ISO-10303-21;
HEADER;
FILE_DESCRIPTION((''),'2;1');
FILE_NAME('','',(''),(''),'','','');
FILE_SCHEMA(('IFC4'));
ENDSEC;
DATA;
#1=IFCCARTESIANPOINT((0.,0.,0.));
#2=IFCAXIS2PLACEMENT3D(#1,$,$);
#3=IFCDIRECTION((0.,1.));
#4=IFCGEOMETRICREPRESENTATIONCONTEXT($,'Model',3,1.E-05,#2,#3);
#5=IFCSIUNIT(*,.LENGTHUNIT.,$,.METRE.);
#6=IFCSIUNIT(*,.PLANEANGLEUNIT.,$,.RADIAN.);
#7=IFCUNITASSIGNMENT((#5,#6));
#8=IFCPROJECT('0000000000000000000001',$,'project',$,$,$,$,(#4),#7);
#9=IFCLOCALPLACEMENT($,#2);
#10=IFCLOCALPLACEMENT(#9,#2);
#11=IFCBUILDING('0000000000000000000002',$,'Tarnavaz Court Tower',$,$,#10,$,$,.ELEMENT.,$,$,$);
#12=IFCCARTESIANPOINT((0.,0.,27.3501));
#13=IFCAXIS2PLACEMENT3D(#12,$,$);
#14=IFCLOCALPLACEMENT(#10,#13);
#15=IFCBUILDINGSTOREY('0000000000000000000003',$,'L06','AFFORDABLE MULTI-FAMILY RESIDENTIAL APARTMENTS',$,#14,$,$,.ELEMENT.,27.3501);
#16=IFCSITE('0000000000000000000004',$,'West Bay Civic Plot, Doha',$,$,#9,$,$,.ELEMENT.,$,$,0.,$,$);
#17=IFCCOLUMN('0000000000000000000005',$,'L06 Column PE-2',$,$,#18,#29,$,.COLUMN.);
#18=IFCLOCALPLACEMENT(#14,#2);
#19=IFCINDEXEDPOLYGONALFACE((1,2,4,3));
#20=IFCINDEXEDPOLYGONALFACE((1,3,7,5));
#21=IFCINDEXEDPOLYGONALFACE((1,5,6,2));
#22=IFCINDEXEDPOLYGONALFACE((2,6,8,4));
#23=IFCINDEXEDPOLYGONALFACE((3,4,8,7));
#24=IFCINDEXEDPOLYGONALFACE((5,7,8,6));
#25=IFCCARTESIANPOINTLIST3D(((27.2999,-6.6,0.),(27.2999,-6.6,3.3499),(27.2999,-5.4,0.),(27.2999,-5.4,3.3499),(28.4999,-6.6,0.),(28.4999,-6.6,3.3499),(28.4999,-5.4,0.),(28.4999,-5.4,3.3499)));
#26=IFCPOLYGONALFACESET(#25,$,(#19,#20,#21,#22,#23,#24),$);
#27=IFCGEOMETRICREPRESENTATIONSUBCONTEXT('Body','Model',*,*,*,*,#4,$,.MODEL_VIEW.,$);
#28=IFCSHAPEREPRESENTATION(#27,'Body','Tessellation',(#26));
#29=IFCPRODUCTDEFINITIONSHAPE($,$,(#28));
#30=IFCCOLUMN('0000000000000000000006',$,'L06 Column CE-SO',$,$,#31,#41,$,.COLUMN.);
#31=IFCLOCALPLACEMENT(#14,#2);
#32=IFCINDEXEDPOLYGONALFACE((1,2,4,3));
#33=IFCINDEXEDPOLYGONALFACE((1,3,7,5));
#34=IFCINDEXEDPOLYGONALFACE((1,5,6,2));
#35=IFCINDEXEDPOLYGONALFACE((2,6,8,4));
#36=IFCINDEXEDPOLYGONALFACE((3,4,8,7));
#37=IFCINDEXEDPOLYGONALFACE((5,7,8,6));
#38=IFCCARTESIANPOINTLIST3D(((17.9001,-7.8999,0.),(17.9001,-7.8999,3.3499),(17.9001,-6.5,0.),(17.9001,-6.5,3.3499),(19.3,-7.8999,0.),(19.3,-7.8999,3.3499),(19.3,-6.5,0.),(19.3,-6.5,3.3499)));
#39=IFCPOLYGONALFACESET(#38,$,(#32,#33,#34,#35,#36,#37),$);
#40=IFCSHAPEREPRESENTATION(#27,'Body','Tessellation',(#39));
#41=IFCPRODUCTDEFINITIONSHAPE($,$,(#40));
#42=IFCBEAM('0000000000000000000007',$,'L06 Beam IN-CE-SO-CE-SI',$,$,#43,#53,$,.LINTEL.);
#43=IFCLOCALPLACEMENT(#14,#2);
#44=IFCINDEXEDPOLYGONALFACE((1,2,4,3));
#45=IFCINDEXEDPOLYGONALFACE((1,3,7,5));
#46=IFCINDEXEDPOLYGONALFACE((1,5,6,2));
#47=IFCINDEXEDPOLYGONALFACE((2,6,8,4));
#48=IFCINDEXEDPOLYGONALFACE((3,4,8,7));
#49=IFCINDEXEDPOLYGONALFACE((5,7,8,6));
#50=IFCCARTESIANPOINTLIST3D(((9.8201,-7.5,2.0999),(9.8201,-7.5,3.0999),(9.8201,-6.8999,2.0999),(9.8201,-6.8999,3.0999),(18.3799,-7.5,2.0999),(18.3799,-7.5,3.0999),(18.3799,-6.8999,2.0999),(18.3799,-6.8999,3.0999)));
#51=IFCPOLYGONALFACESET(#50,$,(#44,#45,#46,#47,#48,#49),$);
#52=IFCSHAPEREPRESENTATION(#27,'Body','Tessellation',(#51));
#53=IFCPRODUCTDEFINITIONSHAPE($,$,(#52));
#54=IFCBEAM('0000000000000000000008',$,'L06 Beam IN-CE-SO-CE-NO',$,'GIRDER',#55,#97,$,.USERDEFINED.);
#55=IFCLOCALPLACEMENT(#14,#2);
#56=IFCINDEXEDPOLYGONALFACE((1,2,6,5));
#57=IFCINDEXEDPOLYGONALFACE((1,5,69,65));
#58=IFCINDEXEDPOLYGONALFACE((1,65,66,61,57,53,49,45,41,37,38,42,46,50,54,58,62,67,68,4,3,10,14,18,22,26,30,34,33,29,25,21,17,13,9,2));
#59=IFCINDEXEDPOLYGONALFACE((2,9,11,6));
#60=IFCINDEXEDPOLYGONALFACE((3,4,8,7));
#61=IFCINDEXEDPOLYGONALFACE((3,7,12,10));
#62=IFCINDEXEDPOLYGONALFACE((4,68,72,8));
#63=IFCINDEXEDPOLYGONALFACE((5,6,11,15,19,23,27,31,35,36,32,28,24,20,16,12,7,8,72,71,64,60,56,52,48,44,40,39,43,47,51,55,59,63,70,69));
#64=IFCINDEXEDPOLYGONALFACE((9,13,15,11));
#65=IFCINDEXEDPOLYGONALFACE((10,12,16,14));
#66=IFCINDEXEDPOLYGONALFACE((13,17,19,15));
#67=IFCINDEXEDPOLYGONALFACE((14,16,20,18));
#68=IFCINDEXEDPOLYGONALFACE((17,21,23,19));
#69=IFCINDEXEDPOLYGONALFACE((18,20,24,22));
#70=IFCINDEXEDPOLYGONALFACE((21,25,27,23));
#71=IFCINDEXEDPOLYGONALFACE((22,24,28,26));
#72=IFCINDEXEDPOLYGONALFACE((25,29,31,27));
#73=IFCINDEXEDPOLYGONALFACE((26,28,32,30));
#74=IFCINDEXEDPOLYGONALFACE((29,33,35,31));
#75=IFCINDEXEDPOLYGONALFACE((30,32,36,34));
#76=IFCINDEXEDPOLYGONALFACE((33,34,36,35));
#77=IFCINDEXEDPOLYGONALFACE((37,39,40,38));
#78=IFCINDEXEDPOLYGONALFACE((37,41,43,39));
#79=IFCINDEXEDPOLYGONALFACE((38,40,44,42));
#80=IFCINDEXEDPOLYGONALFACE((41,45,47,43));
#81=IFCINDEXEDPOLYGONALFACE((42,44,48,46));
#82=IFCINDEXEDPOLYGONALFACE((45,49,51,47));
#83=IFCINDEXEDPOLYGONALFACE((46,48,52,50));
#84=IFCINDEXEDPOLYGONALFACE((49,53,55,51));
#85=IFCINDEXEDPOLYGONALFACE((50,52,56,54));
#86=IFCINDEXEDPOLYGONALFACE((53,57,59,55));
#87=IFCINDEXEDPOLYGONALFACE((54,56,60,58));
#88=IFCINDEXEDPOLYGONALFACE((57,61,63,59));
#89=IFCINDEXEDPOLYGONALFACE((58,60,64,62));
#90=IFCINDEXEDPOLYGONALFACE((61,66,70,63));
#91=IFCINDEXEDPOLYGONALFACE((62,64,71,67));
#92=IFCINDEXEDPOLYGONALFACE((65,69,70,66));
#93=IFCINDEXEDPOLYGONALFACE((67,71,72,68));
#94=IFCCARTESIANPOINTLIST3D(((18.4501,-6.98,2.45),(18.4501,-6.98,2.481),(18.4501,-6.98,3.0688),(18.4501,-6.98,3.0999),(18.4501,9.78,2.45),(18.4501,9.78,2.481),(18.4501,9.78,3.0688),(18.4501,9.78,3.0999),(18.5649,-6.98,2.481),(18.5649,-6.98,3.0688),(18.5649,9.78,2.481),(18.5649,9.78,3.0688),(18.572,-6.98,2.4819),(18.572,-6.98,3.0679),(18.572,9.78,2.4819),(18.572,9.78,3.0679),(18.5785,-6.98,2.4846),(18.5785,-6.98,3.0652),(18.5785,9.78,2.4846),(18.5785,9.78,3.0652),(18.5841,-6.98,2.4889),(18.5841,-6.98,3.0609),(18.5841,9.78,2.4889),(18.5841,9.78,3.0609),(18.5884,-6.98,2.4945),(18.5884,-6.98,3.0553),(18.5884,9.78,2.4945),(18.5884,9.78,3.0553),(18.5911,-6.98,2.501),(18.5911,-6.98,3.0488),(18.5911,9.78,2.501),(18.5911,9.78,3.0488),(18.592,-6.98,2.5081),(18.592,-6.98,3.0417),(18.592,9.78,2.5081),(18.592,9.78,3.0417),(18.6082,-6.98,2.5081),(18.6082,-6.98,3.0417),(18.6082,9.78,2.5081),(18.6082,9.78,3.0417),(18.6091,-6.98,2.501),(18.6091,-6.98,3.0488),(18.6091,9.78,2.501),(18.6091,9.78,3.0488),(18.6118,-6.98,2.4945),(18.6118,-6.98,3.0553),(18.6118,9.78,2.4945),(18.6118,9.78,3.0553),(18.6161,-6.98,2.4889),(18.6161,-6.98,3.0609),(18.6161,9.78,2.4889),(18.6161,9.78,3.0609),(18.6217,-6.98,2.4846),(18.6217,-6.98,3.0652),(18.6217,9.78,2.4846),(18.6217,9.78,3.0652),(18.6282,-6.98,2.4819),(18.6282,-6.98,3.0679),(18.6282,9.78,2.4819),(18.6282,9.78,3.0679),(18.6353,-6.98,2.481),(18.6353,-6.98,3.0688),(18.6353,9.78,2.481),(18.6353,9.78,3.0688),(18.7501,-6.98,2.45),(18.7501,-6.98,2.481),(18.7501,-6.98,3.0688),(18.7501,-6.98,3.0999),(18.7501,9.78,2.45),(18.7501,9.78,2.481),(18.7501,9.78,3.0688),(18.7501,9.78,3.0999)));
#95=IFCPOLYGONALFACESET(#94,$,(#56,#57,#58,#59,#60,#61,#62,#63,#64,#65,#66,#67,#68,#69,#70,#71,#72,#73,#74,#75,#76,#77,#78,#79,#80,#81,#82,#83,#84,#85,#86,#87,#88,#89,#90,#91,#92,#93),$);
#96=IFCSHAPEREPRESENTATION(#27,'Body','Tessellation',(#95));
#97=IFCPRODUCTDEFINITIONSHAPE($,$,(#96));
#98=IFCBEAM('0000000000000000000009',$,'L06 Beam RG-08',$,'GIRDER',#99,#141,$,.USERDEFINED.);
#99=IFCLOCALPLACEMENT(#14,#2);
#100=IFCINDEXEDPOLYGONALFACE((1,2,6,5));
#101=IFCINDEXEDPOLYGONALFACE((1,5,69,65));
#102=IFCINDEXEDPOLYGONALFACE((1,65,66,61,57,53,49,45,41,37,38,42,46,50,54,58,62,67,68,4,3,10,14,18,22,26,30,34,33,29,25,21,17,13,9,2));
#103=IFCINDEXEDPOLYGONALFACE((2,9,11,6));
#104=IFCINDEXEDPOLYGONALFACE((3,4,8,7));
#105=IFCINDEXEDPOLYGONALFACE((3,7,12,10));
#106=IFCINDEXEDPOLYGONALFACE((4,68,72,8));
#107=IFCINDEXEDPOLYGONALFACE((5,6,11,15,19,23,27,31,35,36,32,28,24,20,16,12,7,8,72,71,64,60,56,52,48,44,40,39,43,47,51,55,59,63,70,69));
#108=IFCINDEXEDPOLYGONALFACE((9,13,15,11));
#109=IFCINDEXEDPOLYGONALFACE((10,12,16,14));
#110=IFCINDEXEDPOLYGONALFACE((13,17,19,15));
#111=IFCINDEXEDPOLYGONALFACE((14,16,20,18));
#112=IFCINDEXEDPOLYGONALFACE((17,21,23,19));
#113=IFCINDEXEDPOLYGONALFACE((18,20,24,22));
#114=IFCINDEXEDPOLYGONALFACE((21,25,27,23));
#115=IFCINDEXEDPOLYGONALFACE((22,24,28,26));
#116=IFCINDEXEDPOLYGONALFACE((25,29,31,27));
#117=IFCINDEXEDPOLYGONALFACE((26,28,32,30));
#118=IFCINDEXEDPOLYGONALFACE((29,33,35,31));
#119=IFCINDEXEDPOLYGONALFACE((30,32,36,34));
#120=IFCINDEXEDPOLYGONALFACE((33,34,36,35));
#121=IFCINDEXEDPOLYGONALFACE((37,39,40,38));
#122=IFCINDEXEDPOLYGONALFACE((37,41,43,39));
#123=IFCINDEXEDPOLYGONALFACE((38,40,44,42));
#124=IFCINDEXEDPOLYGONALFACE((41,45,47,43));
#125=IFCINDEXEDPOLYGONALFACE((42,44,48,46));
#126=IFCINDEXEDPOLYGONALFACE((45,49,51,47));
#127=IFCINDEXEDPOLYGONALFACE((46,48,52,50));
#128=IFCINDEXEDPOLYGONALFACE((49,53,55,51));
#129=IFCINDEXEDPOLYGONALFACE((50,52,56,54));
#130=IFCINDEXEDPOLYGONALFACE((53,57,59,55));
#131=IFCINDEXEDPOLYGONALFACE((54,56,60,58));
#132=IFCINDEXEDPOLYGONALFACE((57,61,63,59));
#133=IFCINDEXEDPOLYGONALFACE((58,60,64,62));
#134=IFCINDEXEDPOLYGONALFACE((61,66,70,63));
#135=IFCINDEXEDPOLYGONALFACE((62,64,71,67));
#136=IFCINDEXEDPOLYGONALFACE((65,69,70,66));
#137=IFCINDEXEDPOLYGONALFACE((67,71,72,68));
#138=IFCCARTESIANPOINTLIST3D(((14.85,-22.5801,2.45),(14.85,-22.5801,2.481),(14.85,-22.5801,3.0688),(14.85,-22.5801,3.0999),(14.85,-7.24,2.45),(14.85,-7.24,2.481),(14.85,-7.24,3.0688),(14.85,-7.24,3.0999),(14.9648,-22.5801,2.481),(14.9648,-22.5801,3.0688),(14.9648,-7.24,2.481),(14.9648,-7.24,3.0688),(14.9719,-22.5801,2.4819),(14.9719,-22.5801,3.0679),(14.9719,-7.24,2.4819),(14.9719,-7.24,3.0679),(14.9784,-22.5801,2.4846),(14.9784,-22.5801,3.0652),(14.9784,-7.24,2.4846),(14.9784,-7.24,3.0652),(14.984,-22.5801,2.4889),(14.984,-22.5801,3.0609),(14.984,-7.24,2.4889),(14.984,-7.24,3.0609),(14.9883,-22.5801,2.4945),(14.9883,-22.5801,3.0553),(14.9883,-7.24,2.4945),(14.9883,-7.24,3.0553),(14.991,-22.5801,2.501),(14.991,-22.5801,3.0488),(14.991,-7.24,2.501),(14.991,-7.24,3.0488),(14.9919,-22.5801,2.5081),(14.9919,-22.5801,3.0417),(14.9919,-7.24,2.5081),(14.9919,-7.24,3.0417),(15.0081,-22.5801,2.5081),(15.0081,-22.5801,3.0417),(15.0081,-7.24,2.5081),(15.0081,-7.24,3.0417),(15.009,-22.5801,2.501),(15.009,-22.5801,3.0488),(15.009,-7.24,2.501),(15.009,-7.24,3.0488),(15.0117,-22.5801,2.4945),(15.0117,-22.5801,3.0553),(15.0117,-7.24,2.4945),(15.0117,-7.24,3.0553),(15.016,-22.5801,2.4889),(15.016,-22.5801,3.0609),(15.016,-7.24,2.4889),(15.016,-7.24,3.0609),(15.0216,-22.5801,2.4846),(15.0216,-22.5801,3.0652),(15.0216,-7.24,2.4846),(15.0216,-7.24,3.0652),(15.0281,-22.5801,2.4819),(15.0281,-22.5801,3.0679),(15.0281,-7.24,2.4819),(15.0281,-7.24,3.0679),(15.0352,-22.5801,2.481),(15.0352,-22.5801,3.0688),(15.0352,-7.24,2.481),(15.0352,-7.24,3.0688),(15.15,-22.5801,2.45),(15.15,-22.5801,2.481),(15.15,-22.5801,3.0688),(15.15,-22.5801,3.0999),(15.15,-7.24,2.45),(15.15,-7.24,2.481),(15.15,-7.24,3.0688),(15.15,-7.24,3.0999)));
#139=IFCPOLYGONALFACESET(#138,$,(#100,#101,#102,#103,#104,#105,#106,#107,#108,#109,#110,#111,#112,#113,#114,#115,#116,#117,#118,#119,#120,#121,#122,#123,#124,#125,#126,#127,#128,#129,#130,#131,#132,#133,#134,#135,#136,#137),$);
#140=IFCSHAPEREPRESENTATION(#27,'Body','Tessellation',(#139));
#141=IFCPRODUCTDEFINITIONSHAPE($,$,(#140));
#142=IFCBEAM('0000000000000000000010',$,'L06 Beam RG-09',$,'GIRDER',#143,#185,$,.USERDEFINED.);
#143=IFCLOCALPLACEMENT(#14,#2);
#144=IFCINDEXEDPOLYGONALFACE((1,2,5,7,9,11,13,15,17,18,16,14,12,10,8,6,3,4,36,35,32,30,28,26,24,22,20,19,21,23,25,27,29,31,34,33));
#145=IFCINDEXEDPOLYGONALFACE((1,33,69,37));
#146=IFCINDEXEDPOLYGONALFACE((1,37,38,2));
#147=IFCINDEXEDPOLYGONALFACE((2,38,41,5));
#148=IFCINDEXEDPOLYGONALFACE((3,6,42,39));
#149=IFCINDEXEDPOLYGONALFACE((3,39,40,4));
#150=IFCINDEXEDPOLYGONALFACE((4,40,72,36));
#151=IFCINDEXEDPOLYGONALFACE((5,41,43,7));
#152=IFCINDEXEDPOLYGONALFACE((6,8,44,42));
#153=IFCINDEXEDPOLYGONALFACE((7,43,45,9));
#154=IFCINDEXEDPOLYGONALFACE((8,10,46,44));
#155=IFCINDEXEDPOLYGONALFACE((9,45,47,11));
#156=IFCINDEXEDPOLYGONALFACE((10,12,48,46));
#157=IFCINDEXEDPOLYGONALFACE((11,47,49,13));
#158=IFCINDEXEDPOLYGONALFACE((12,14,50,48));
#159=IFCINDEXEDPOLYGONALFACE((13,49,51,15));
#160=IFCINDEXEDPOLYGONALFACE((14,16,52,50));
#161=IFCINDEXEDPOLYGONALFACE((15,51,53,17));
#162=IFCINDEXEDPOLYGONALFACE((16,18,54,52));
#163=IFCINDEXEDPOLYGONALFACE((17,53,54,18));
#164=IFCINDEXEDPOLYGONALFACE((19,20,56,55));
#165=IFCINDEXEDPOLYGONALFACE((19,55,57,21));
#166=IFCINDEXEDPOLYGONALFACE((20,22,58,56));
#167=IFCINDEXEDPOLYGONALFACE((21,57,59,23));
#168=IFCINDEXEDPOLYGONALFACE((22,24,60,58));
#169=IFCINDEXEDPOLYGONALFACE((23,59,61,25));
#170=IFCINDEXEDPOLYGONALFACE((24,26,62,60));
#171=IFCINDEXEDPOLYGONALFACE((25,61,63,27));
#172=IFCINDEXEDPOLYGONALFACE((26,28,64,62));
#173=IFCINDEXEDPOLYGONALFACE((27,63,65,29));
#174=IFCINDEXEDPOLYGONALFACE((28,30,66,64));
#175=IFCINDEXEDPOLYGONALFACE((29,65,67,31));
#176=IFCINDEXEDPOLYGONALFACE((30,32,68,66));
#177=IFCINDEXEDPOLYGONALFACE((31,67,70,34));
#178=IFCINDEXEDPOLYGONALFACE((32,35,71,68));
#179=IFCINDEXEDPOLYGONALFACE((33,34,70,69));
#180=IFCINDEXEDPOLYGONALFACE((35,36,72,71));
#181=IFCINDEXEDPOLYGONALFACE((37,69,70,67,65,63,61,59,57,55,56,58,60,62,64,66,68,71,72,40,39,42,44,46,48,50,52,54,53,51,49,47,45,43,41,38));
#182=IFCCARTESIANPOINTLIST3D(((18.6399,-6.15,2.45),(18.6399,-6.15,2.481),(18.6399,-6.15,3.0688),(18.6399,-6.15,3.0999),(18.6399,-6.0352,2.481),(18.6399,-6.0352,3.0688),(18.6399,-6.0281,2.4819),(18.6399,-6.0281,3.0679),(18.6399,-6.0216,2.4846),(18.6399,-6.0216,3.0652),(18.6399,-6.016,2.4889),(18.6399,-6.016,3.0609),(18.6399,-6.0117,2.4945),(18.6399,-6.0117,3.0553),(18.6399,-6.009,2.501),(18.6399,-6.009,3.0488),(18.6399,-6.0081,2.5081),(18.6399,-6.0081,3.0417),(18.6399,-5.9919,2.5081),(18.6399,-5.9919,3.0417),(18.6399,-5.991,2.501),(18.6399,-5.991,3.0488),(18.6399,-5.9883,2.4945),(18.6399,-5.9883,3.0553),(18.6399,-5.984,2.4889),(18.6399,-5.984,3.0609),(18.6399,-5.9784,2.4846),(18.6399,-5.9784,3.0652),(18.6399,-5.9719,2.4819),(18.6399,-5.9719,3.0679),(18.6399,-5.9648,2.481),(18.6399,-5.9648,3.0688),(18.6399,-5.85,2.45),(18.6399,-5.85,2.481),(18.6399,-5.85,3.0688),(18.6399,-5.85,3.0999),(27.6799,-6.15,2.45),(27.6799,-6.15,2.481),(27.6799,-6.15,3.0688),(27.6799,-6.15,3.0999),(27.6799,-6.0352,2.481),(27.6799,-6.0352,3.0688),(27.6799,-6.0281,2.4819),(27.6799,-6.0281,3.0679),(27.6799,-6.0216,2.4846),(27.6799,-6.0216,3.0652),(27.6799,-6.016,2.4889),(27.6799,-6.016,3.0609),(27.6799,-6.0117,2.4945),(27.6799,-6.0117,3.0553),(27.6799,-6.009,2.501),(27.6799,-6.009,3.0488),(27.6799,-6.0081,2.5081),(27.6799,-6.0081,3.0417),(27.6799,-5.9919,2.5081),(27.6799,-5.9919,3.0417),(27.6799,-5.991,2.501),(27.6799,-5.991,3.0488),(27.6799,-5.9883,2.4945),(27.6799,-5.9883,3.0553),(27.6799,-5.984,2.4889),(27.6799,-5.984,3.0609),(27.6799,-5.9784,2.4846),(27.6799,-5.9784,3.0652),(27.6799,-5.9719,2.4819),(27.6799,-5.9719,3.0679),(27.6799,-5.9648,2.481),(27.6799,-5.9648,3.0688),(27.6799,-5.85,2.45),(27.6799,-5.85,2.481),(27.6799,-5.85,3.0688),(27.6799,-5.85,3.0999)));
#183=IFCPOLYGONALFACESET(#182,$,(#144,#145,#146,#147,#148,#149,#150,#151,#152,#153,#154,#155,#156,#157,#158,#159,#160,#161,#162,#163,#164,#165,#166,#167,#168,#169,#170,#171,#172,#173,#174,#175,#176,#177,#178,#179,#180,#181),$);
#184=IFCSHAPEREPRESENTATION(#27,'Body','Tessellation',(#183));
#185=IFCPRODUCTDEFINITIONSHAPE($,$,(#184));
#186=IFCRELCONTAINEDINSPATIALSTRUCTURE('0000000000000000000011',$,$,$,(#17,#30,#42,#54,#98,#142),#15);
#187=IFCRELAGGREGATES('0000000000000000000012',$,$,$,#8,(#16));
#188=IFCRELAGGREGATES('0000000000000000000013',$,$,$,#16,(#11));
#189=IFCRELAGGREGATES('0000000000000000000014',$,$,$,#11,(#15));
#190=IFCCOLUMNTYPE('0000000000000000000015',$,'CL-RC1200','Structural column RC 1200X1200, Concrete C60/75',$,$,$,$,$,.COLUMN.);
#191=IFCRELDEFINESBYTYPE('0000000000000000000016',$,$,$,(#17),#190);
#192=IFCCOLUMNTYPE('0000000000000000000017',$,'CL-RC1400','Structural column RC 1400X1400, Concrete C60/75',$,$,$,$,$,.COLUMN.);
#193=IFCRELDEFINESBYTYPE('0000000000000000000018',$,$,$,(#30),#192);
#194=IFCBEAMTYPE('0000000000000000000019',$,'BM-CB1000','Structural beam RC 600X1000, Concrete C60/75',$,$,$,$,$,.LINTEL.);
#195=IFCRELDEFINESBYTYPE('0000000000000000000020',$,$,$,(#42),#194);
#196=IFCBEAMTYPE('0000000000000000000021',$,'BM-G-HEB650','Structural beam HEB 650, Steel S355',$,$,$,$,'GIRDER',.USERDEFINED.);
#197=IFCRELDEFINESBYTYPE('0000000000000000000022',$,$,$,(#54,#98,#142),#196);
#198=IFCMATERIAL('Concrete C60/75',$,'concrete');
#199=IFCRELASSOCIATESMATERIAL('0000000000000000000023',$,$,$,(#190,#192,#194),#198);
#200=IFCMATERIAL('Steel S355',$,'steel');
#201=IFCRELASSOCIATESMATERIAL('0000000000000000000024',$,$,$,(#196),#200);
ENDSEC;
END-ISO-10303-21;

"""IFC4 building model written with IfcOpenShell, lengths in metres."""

from ifc_helpers import new_model, si_unit, direction, frame, origin, origin_2d, place, context, subcontext, project, spatial, rectangle, i_section, extrude, material, material_profile, profile_set, type_object, element, save


model = new_model("IFC4")

# Units and contexts
model_context = context("Model", 3, precision=1e-05, world=origin(), true_north=direction((0.0, 1.0)))
body_context = subcontext(model_context, "Body", "Model", "MODEL_VIEW")
ifc_project = project(units=[si_unit("LENGTHUNIT", "METRE"), si_unit("PLANEANGLEUNIT", "RADIAN")], contexts=[model_context])

# Site, building, storey
site_placement = place(None, origin())
site = spatial("IfcSite", under=ifc_project, at=site_placement, Name="West Bay Civic Plot, Doha", CompositionType="ELEMENT", RefElevation=0.0)
building_placement = place(site_placement, origin())
building = spatial("IfcBuilding", under=site, at=building_placement, Name="Tarnavaz Court Tower", CompositionType="ELEMENT")
storey_placement = place(building_placement, frame((0.0, 0.0, 27.3501)))
storey = spatial("IfcBuildingStorey", under=building, at=storey_placement, Name="L06", Description="AFFORDABLE MULTI-FAMILY RESIDENTIAL APARTMENTS", CompositionType="ELEMENT", Elevation=27.3501)

# Columns
ifc_material_1 = material(Name="Concrete C60/75", Category="concrete")
ifc_material_profile_1 = material_profile(ifc_material_1, rectangle(XDim=1.2, YDim=1.2, at=origin_2d()), Name="RC 1200X1200")
ifc_profile_set_1 = profile_set([ifc_material_profile_1], Name="Concrete C60/75")
column_type_1 = type_object("IfcColumnType", Name="CL-RC1200", Description="Structural column RC 1200X1200, Concrete C60/75", PredefinedType="COLUMN", material=ifc_profile_set_1)
column_1_placement = place(storey_placement, frame((27.8999, -6.0, 0.0), z_axis=(0.0, 0.0, 1.0), x_axis=(1.0, 0.0, 0.0)))
element("IfcColumn", 1, at=column_1_placement, inside=storey, type_object=column_type_1, Name="L06 Column PE-2", PredefinedType="COLUMN", context=body_context, shape_type="SweptSolid", body=[
    extrude(rectangle(XDim=1.2, YDim=1.2, at=origin_2d()), origin(), (0.0, 0.0, 1.0), 3.3499),
])
ifc_material_profile_2 = material_profile(ifc_material_1, rectangle(XDim=1.3999, YDim=1.3999, at=origin_2d()), Name="RC 1400X1400")
ifc_profile_set_2 = profile_set([ifc_material_profile_2], Name="Concrete C60/75")
column_type_2 = type_object("IfcColumnType", Name="CL-RC1400", Description="Structural column RC 1400X1400, Concrete C60/75", PredefinedType="COLUMN", material=ifc_profile_set_2)
column_2_placement = place(storey_placement, frame((18.6001, -7.2, 0.0), z_axis=(0.0, 0.0, 1.0), x_axis=(1.0, 0.0, 0.0)))
element("IfcColumn", 2, at=column_2_placement, inside=storey, type_object=column_type_2, Name="L06 Column CE-SO", PredefinedType="COLUMN", context=body_context, shape_type="SweptSolid", body=[
    extrude(rectangle(XDim=1.3999, YDim=1.3999, at=origin_2d()), origin(), (0.0, 0.0, 1.0), 3.3499),
])

# Beams
ifc_material_profile_3 = material_profile(ifc_material_1, rectangle(XDim=0.6001, YDim=1.0, at=origin_2d()), Name="RC 600X1000")
ifc_profile_set_3 = profile_set([ifc_material_profile_3], Name="Concrete C60/75")
beam_type_1 = type_object("IfcBeamType", Name="BM-CB1000", Description="Structural beam RC 600X1000, Concrete C60/75", PredefinedType="LINTEL", material=ifc_profile_set_3)
beam_1_placement = place(storey_placement, frame((18.3799, -7.2, 2.5999), z_axis=(-1.0, 0.0, 0.0), x_axis=(0.0, -1.0, 0.0)))
element("IfcBeam", 3, at=beam_1_placement, inside=storey, type_object=beam_type_1, Name="L06 Beam IN-CE-SO-CE-SI", PredefinedType="LINTEL", context=body_context, shape_type="SweptSolid", body=[
    extrude(rectangle(XDim=0.6001, YDim=1.0, at=origin_2d()), origin(), (0.0, 0.0, 1.0), 8.5598),
])
ifc_material_2 = material(Name="Steel S355", Category="steel")
ifc_material_profile_4 = material_profile(ifc_material_2, i_section(OverallWidth=0.3, OverallDepth=0.6499, WebThickness=0.0161, FlangeThickness=0.031, FilletRadius=0.0271, at=origin_2d()), Name="HEB 650")
ifc_profile_set_4 = profile_set([ifc_material_profile_4], Name="Steel S355")
beam_type_2 = type_object("IfcBeamType", Name="BM-G-HEB650", Description="Structural beam HEB 650, Steel S355", ElementType="GIRDER", PredefinedType="USERDEFINED", material=ifc_profile_set_4)
beam_2_placement = place(storey_placement, frame((18.6001, -6.98, 2.7749), z_axis=(0.0, 1.0, 0.0), x_axis=(-1.0, 0.0, 0.0)))
element("IfcBeam", 4, at=beam_2_placement, inside=storey, type_object=beam_type_2, Name="L06 Beam IN-CE-SO-CE-NO", ObjectType="GIRDER", PredefinedType="USERDEFINED", context=body_context, shape_type="SweptSolid", body=[
    extrude(i_section(OverallWidth=0.3, OverallDepth=0.6499, WebThickness=0.0161, FlangeThickness=0.031, FilletRadius=0.0271, at=origin_2d()), origin(), (0.0, 0.0, 1.0), 16.76),
])
beam_3_placement = place(storey_placement, frame((15.0, -7.24, 2.7749), z_axis=(0.0, -1.0, 0.0), x_axis=(1.0, 0.0, 0.0)))
element("IfcBeam", 5, at=beam_3_placement, inside=storey, type_object=beam_type_2, Name="L06 Beam RG-08", ObjectType="GIRDER", PredefinedType="USERDEFINED", context=body_context, shape_type="SweptSolid", body=[
    extrude(i_section(OverallWidth=0.3, OverallDepth=0.6499, WebThickness=0.0161, FlangeThickness=0.031, FilletRadius=0.0271, at=origin_2d()), origin(), (0.0, 0.0, 1.0), 15.3401),
])
beam_4_placement = place(storey_placement, frame((18.6399, -6.0, 2.7749), z_axis=(1.0, 0.0, 0.0), x_axis=(0.0, 1.0, 0.0)))
element("IfcBeam", 6, at=beam_4_placement, inside=storey, type_object=beam_type_2, Name="L06 Beam RG-09", ObjectType="GIRDER", PredefinedType="USERDEFINED", context=body_context, shape_type="SweptSolid", body=[
    extrude(i_section(OverallWidth=0.3, OverallDepth=0.6499, WebThickness=0.0161, FlangeThickness=0.031, FilletRadius=0.0271, at=origin_2d()), origin(), (0.0, 0.0, 1.0), 9.04),
])

save(model, "model.ifc")
